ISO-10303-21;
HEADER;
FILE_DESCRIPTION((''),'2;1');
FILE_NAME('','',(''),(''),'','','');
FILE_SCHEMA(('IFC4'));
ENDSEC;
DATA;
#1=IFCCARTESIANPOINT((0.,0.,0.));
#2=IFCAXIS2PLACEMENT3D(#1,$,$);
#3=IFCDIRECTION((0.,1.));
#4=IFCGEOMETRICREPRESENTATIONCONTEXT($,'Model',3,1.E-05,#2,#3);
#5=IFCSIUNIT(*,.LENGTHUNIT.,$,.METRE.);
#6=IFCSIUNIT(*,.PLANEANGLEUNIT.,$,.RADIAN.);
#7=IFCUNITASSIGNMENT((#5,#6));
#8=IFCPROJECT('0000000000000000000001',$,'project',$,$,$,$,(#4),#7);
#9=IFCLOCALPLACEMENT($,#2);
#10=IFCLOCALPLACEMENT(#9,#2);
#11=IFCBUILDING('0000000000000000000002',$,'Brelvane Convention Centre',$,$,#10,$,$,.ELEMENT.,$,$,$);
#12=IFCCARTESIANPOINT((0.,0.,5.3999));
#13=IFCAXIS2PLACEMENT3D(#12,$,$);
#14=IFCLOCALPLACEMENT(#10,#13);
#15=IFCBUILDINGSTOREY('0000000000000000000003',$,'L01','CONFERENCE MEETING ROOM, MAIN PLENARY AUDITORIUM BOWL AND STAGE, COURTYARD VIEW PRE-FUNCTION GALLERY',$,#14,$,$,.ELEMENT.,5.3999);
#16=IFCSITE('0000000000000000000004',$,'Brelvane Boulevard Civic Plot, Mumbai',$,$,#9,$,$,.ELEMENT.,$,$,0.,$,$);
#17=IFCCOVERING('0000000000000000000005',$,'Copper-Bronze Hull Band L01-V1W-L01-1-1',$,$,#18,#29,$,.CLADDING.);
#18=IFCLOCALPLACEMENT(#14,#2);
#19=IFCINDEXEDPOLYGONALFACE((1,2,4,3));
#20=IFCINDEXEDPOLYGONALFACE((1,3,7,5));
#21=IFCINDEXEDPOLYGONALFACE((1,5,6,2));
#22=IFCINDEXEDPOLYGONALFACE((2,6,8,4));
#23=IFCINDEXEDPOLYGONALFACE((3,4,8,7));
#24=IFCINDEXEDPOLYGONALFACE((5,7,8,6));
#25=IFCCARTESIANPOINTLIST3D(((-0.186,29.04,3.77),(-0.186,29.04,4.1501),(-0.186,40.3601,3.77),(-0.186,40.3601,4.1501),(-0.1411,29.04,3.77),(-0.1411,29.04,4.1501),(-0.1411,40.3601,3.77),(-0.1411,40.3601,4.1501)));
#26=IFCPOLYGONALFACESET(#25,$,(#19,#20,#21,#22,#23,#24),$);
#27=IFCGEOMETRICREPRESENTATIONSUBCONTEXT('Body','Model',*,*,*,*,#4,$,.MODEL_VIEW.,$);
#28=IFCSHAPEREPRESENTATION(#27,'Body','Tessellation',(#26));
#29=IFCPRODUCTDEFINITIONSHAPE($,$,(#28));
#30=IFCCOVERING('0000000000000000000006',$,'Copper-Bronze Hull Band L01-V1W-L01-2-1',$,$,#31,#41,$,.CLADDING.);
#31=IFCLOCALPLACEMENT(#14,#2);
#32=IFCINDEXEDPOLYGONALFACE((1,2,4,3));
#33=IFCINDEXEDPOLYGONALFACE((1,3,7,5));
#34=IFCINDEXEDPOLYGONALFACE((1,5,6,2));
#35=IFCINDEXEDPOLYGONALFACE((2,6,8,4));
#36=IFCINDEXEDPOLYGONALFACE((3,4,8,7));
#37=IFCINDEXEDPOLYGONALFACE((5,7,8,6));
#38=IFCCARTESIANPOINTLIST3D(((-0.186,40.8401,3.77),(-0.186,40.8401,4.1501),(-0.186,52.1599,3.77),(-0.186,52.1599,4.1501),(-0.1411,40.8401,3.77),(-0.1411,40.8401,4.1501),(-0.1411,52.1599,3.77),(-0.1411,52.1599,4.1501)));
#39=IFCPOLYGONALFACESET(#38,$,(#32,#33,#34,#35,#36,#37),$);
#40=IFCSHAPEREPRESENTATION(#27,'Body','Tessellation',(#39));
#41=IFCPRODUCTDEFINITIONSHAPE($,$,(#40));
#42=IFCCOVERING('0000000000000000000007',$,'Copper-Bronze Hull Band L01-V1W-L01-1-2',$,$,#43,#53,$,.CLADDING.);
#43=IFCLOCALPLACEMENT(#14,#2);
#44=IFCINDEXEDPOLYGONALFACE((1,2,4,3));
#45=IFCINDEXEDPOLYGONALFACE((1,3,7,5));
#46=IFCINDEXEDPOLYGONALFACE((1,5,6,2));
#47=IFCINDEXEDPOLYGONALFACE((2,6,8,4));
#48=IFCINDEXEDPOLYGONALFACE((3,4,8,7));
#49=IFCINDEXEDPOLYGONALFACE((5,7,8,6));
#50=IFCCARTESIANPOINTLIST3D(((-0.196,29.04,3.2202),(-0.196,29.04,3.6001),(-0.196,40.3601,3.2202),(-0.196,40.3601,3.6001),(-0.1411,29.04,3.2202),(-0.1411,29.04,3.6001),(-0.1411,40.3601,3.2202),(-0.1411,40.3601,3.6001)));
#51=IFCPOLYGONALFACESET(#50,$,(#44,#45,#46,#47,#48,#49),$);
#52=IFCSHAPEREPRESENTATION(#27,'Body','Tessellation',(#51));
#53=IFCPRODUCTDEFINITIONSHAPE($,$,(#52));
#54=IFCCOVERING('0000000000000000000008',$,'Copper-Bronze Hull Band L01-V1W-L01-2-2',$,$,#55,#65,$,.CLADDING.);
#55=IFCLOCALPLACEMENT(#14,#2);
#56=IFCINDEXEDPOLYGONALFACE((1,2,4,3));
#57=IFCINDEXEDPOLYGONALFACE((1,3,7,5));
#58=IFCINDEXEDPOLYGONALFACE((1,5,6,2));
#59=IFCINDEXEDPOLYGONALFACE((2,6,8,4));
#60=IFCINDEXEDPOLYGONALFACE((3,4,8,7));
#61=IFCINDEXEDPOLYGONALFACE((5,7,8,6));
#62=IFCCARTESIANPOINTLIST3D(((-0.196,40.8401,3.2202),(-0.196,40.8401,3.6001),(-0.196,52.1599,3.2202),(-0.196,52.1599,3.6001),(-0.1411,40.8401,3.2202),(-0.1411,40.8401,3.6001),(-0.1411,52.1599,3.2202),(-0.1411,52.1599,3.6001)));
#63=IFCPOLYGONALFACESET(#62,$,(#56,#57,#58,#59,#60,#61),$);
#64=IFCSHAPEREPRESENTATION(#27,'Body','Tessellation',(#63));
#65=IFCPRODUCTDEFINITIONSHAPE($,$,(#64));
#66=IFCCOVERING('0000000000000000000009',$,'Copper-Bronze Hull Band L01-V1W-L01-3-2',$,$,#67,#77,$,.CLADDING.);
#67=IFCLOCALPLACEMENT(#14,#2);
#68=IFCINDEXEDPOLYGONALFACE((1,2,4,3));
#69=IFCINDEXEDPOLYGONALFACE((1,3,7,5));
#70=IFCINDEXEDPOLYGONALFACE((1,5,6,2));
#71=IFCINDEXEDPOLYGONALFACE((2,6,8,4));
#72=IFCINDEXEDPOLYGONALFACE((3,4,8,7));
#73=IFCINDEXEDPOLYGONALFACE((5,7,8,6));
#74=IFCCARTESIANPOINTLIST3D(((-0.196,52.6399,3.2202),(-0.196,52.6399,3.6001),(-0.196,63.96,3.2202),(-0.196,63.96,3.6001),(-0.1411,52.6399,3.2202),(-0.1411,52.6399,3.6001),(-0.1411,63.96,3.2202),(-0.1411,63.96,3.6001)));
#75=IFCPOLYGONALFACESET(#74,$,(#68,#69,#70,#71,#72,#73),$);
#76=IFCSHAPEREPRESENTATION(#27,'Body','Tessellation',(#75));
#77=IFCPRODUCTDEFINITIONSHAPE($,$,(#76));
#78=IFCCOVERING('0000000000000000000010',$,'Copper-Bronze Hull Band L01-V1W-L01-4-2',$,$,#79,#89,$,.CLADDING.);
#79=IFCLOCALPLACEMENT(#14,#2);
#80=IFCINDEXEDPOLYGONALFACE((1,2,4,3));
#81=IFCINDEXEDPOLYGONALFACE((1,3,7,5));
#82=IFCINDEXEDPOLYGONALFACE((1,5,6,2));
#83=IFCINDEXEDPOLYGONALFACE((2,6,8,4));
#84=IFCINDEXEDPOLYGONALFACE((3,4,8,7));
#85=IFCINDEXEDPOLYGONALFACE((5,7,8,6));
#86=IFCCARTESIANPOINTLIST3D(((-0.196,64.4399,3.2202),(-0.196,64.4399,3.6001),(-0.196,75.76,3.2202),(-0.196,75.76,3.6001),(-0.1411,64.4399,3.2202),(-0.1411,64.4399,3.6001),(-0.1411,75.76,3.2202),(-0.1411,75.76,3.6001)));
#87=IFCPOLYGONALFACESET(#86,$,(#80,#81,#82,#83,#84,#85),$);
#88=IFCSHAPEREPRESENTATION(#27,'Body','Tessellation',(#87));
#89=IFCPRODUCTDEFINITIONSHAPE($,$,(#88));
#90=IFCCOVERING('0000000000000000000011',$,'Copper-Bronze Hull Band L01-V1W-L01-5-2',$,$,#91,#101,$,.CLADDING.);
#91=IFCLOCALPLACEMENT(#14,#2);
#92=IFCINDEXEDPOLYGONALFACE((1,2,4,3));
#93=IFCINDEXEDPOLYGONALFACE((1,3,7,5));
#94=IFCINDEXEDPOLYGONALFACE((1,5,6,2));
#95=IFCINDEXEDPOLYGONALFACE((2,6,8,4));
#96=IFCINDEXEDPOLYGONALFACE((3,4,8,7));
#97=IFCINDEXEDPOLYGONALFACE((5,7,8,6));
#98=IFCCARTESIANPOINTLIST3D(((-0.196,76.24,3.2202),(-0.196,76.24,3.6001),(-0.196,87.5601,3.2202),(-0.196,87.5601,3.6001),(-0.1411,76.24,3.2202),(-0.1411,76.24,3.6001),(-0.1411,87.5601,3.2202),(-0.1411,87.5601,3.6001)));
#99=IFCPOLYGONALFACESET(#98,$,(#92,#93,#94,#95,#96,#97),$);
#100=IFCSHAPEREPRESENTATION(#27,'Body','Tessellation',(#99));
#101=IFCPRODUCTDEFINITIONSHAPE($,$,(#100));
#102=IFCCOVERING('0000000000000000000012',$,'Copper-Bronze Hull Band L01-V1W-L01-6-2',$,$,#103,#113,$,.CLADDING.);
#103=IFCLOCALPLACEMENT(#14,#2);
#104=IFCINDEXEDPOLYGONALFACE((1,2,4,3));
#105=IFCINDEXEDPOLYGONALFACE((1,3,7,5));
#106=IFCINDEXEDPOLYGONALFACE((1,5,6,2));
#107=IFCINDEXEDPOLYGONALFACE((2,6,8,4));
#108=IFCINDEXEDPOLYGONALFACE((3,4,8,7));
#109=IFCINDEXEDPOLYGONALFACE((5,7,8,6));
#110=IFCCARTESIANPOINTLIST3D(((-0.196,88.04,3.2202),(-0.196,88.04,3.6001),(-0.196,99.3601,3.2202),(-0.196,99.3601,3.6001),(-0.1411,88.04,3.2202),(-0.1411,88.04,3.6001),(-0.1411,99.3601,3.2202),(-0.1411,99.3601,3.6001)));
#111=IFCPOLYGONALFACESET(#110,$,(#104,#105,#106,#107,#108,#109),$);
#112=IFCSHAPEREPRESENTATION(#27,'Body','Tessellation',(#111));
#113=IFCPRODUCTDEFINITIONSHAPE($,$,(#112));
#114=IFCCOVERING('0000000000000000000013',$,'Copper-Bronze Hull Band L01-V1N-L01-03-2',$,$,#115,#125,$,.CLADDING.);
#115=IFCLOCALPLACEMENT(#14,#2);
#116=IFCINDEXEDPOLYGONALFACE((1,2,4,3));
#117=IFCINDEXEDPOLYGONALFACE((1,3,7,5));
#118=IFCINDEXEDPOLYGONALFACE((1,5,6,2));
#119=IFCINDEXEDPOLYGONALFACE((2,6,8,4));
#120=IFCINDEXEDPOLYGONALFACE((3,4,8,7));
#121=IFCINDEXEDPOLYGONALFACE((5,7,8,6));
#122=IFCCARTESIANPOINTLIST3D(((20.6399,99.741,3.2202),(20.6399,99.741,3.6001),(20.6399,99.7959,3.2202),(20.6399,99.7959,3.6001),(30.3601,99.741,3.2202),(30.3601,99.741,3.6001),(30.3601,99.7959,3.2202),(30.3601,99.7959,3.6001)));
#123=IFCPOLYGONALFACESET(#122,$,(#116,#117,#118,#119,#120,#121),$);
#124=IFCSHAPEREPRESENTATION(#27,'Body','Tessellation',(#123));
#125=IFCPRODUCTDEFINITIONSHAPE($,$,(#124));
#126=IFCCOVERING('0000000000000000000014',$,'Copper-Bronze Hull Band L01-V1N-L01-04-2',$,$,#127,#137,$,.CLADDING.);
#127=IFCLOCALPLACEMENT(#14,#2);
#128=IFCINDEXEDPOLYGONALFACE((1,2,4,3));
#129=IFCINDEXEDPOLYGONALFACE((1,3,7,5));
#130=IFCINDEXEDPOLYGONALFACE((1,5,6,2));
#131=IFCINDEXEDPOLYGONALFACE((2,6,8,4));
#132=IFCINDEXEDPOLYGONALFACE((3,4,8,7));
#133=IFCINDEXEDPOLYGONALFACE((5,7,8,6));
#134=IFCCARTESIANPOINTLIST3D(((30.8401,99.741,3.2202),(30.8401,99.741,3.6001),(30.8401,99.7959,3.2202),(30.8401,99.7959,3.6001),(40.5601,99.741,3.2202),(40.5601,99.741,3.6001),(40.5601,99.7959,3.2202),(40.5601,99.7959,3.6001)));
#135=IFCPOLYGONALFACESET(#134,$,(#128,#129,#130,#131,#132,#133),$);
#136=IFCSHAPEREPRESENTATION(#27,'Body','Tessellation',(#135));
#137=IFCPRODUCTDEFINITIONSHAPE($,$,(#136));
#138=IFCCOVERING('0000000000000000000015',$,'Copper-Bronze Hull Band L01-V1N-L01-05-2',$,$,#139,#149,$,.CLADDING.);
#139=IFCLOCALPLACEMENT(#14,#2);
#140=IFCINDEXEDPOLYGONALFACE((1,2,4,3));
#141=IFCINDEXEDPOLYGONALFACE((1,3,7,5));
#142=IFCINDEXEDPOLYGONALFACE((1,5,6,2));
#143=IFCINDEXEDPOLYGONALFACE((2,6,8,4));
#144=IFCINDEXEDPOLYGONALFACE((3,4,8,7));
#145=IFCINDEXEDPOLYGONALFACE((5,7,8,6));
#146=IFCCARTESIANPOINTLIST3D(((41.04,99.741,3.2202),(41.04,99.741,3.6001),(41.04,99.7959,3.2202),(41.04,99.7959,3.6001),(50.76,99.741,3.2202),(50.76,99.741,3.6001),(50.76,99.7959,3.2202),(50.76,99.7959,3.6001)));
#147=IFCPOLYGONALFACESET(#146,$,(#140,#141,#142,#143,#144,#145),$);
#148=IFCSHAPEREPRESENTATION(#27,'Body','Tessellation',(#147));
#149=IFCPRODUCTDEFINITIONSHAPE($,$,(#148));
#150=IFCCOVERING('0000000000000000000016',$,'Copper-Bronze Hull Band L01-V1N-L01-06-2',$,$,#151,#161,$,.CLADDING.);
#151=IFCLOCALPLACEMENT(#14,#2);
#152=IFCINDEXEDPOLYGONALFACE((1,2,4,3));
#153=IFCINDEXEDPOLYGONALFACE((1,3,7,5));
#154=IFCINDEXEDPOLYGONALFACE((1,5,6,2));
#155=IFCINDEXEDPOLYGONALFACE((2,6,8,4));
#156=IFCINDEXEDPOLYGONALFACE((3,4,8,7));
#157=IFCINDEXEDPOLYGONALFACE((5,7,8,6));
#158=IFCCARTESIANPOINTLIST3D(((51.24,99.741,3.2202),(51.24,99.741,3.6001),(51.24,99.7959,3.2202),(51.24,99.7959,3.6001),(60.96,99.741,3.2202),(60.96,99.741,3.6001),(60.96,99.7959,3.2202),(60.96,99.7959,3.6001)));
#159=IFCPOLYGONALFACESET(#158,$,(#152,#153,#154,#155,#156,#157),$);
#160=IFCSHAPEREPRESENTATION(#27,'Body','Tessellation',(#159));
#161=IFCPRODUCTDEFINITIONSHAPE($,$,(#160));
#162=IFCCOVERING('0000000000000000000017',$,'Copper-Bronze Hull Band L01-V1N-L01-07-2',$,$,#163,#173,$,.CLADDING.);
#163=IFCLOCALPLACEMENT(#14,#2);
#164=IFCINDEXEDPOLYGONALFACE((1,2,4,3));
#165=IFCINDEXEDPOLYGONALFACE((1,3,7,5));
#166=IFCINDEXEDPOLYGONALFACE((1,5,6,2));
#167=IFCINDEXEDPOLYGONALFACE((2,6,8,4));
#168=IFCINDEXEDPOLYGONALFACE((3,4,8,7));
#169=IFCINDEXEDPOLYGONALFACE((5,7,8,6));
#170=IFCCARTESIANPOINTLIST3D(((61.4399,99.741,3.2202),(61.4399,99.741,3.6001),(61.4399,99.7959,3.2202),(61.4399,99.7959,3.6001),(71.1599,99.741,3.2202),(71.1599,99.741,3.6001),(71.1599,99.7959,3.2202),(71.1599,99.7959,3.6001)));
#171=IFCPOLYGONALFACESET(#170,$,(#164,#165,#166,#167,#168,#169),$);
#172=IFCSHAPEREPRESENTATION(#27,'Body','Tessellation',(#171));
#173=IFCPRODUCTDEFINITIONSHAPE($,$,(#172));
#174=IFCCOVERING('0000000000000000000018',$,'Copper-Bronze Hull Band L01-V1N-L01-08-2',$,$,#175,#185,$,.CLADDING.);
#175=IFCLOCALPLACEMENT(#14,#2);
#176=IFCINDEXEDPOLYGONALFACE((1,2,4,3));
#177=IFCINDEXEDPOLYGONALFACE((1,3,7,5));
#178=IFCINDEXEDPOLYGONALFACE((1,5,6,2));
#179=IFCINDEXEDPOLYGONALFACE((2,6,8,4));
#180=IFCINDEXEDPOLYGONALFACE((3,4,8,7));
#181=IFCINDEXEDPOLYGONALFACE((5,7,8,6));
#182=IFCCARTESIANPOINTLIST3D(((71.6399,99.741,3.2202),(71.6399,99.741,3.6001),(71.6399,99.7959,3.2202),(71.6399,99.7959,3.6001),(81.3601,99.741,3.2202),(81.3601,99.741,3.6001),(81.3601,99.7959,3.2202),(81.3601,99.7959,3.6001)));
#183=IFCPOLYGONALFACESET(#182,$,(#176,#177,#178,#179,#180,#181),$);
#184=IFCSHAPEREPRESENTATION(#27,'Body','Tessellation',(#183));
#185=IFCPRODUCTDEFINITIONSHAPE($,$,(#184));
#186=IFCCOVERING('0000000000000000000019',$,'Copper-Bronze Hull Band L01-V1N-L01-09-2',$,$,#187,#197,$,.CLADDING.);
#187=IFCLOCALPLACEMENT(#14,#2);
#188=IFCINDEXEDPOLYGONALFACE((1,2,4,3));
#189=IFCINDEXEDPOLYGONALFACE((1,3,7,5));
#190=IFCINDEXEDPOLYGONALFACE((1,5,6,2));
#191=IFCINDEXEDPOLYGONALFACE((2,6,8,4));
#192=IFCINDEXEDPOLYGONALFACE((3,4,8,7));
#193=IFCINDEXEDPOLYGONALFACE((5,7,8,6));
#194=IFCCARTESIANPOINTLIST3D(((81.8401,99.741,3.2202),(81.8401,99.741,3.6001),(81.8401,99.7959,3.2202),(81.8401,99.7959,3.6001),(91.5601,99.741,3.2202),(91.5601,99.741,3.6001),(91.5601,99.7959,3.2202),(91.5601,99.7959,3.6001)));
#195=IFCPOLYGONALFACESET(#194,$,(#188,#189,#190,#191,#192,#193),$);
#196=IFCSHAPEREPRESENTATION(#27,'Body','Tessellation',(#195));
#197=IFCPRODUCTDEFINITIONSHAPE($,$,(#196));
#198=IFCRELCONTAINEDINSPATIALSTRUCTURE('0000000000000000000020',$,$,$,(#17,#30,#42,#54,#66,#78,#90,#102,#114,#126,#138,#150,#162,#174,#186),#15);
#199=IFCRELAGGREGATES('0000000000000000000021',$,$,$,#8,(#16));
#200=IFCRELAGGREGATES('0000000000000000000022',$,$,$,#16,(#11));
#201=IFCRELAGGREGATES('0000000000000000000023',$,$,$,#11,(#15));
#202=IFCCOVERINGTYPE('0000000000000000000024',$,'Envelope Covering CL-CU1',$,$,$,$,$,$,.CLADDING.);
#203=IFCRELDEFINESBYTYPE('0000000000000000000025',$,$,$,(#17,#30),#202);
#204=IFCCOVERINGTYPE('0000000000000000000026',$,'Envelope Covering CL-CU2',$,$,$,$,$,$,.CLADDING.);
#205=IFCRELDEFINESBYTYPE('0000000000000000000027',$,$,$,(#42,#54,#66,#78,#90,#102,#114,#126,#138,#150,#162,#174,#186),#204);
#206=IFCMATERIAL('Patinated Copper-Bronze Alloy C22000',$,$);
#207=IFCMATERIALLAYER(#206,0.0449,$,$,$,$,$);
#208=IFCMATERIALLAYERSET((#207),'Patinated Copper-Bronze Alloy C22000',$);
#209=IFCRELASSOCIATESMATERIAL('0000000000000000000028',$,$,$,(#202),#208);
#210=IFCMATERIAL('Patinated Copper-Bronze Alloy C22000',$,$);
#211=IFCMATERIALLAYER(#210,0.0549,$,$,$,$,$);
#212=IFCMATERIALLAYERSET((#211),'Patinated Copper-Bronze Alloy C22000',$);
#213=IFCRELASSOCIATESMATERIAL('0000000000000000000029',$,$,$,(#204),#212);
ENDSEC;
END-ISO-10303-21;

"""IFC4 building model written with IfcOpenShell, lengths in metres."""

from ifc_helpers import new_model, si_unit, direction, frame, origin, place, context, subcontext, project, spatial, polyline, outline, extrude, material, layer, layer_set, type_object, element, save


model = new_model("IFC4")

# Units and contexts
model_context = context("Model", 3, precision=1e-05, world=origin(), true_north=direction((0.0, 1.0)))
body_context = subcontext(model_context, "Body", "Model", "MODEL_VIEW")
ifc_project = project(units=[si_unit("LENGTHUNIT", "METRE"), si_unit("PLANEANGLEUNIT", "RADIAN")], contexts=[model_context])

# Site, building, storey
site_placement = place(None, origin())
site = spatial("IfcSite", under=ifc_project, at=site_placement, Name="Brelvane Boulevard Civic Plot, Mumbai", CompositionType="ELEMENT", RefElevation=0.0)
building_placement = place(site_placement, origin())
building = spatial("IfcBuilding", under=site, at=building_placement, Name="Brelvane Convention Centre", CompositionType="ELEMENT")
storey_placement = place(building_placement, frame((0.0, 0.0, 5.3999)))
storey = spatial("IfcBuildingStorey", under=building, at=storey_placement, Name="L01", Description="CONFERENCE MEETING ROOM, MAIN PLENARY AUDITORIUM BOWL AND STAGE, COURTYARD VIEW PRE-FUNCTION GALLERY", CompositionType="ELEMENT", Elevation=5.3999)

# Coverings
ifc_material_1 = material(Name="Patinated Copper-Bronze Alloy C22000")
ifc_layer_1 = layer(ifc_material_1, 0.0449)
ifc_layer_set_1 = layer_set([ifc_layer_1], Name="Patinated Copper-Bronze Alloy C22000")
covering_type_1 = type_object("IfcCoveringType", Name="Envelope Covering CL-CU1", PredefinedType="CLADDING", material=ifc_layer_set_1)
covering_1_placement = place(storey_placement, frame((0.0, 0.0, 3.77)))
element("IfcCovering", 1, at=covering_1_placement, inside=storey, type_object=covering_type_1, Name="Copper-Bronze Hull Band L01-V1W-L01-1-1", PredefinedType="CLADDING", context=body_context, shape_type="SweptSolid", body=[
    extrude(outline(polyline([(-0.1411, 29.04), (-0.1411, 40.3601), (-0.186, 40.3601), (-0.186, 29.04), (-0.1411, 29.04)])), origin(), (0.0, 0.0, 1.0), 0.3801),
])
covering_2_placement = place(storey_placement, frame((0.0, 0.0, 3.77)))
element("IfcCovering", 2, at=covering_2_placement, inside=storey, type_object=covering_type_1, Name="Copper-Bronze Hull Band L01-V1W-L01-2-1", PredefinedType="CLADDING", context=body_context, shape_type="SweptSolid", body=[
    extrude(outline(polyline([(-0.1411, 40.8401), (-0.1411, 52.1599), (-0.186, 52.1599), (-0.186, 40.8401), (-0.1411, 40.8401)])), origin(), (0.0, 0.0, 1.0), 0.3801),
])
ifc_material_2 = material(Name="Patinated Copper-Bronze Alloy C22000")
ifc_layer_2 = layer(ifc_material_2, 0.0549)
ifc_layer_set_2 = layer_set([ifc_layer_2], Name="Patinated Copper-Bronze Alloy C22000")
covering_type_2 = type_object("IfcCoveringType", Name="Envelope Covering CL-CU2", PredefinedType="CLADDING", material=ifc_layer_set_2)
covering_3_placement = place(storey_placement, frame((0.0, 0.0, 3.2202)))
element("IfcCovering", 3, at=covering_3_placement, inside=storey, type_object=covering_type_2, Name="Copper-Bronze Hull Band L01-V1W-L01-1-2", PredefinedType="CLADDING", context=body_context, shape_type="SweptSolid", body=[
    extrude(outline(polyline([(-0.1411, 29.04), (-0.1411, 40.3601), (-0.196, 40.3601), (-0.196, 29.04), (-0.1411, 29.04)])), origin(), (0.0, 0.0, 1.0), 0.3799),
])
covering_4_placement = place(storey_placement, frame((0.0, 0.0, 3.2202)))
element("IfcCovering", 4, at=covering_4_placement, inside=storey, type_object=covering_type_2, Name="Copper-Bronze Hull Band L01-V1W-L01-2-2", PredefinedType="CLADDING", context=body_context, shape_type="SweptSolid", body=[
    extrude(outline(polyline([(-0.1411, 40.8401), (-0.1411, 52.1599), (-0.196, 52.1599), (-0.196, 40.8401), (-0.1411, 40.8401)])), origin(), (0.0, 0.0, 1.0), 0.3799),
])
covering_5_placement = place(storey_placement, frame((0.0, 0.0, 3.2202)))
element("IfcCovering", 5, at=covering_5_placement, inside=storey, type_object=covering_type_2, Name="Copper-Bronze Hull Band L01-V1W-L01-3-2", PredefinedType="CLADDING", context=body_context, shape_type="SweptSolid", body=[
    extrude(outline(polyline([(-0.1411, 52.6399), (-0.1411, 63.96), (-0.196, 63.96), (-0.196, 52.6399), (-0.1411, 52.6399)])), origin(), (0.0, 0.0, 1.0), 0.3799),
])
covering_6_placement = place(storey_placement, frame((0.0, 0.0, 3.2202)))
element("IfcCovering", 6, at=covering_6_placement, inside=storey, type_object=covering_type_2, Name="Copper-Bronze Hull Band L01-V1W-L01-4-2", PredefinedType="CLADDING", context=body_context, shape_type="SweptSolid", body=[
    extrude(outline(polyline([(-0.1411, 64.4399), (-0.1411, 75.76), (-0.196, 75.76), (-0.196, 64.4399), (-0.1411, 64.4399)])), origin(), (0.0, 0.0, 1.0), 0.3799),
])
covering_7_placement = place(storey_placement, frame((0.0, 0.0, 3.2202)))
element("IfcCovering", 7, at=covering_7_placement, inside=storey, type_object=covering_type_2, Name="Copper-Bronze Hull Band L01-V1W-L01-5-2", PredefinedType="CLADDING", context=body_context, shape_type="SweptSolid", body=[
    extrude(outline(polyline([(-0.1411, 76.24), (-0.1411, 87.5601), (-0.196, 87.5601), (-0.196, 76.24), (-0.1411, 76.24)])), origin(), (0.0, 0.0, 1.0), 0.3799),
])
covering_8_placement = place(storey_placement, frame((0.0, 0.0, 3.2202)))
element("IfcCovering", 8, at=covering_8_placement, inside=storey, type_object=covering_type_2, Name="Copper-Bronze Hull Band L01-V1W-L01-6-2", PredefinedType="CLADDING", context=body_context, shape_type="SweptSolid", body=[
    extrude(outline(polyline([(-0.1411, 88.04), (-0.1411, 99.3601), (-0.196, 99.3601), (-0.196, 88.04), (-0.1411, 88.04)])), origin(), (0.0, 0.0, 1.0), 0.3799),
])
covering_9_placement = place(storey_placement, frame((0.0, 0.0, 3.2202)))
element("IfcCovering", 9, at=covering_9_placement, inside=storey, type_object=covering_type_2, Name="Copper-Bronze Hull Band L01-V1N-L01-03-2", PredefinedType="CLADDING", context=body_context, shape_type="SweptSolid", body=[
    extrude(outline(polyline([(20.6399, 99.741), (30.3601, 99.741), (30.3601, 99.7959), (20.6399, 99.7959), (20.6399, 99.741)])), origin(), (0.0, 0.0, 1.0), 0.3799),
])
covering_10_placement = place(storey_placement, frame((0.0, 0.0, 3.2202)))
element("IfcCovering", 10, at=covering_10_placement, inside=storey, type_object=covering_type_2, Name="Copper-Bronze Hull Band L01-V1N-L01-04-2", PredefinedType="CLADDING", context=body_context, shape_type="SweptSolid", body=[
    extrude(outline(polyline([(30.8401, 99.741), (40.5601, 99.741), (40.5601, 99.7959), (30.8401, 99.7959), (30.8401, 99.741)])), origin(), (0.0, 0.0, 1.0), 0.3799),
])
covering_11_placement = place(storey_placement, frame((0.0, 0.0, 3.2202)))
element("IfcCovering", 11, at=covering_11_placement, inside=storey, type_object=covering_type_2, Name="Copper-Bronze Hull Band L01-V1N-L01-05-2", PredefinedType="CLADDING", context=body_context, shape_type="SweptSolid", body=[
    extrude(outline(polyline([(41.04, 99.741), (50.76, 99.741), (50.76, 99.7959), (41.04, 99.7959), (41.04, 99.741)])), origin(), (0.0, 0.0, 1.0), 0.3799),
])
covering_12_placement = place(storey_placement, frame((0.0, 0.0, 3.2202)))
element("IfcCovering", 12, at=covering_12_placement, inside=storey, type_object=covering_type_2, Name="Copper-Bronze Hull Band L01-V1N-L01-06-2", PredefinedType="CLADDING", context=body_context, shape_type="SweptSolid", body=[
    extrude(outline(polyline([(51.24, 99.741), (60.96, 99.741), (60.96, 99.7959), (51.24, 99.7959), (51.24, 99.741)])), origin(), (0.0, 0.0, 1.0), 0.3799),
])
covering_13_placement = place(storey_placement, frame((0.0, 0.0, 3.2202)))
element("IfcCovering", 13, at=covering_13_placement, inside=storey, type_object=covering_type_2, Name="Copper-Bronze Hull Band L01-V1N-L01-07-2", PredefinedType="CLADDING", context=body_context, shape_type="SweptSolid", body=[
    extrude(outline(polyline([(61.4399, 99.741), (71.1599, 99.741), (71.1599, 99.7959), (61.4399, 99.7959), (61.4399, 99.741)])), origin(), (0.0, 0.0, 1.0), 0.3799),
])
covering_14_placement = place(storey_placement, frame((0.0, 0.0, 3.2202)))
element("IfcCovering", 14, at=covering_14_placement, inside=storey, type_object=covering_type_2, Name="Copper-Bronze Hull Band L01-V1N-L01-08-2", PredefinedType="CLADDING", context=body_context, shape_type="SweptSolid", body=[
    extrude(outline(polyline([(71.6399, 99.741), (81.3601, 99.741), (81.3601, 99.7959), (71.6399, 99.7959), (71.6399, 99.741)])), origin(), (0.0, 0.0, 1.0), 0.3799),
])
covering_15_placement = place(storey_placement, frame((0.0, 0.0, 3.2202)))
element("IfcCovering", 15, at=covering_15_placement, inside=storey, type_object=covering_type_2, Name="Copper-Bronze Hull Band L01-V1N-L01-09-2", PredefinedType="CLADDING", context=body_context, shape_type="SweptSolid", body=[
    extrude(outline(polyline([(81.8401, 99.741), (91.5601, 99.741), (91.5601, 99.7959), (81.8401, 99.7959), (81.8401, 99.741)])), origin(), (0.0, 0.0, 1.0), 0.3799),
])

save(model, "model.ifc")
